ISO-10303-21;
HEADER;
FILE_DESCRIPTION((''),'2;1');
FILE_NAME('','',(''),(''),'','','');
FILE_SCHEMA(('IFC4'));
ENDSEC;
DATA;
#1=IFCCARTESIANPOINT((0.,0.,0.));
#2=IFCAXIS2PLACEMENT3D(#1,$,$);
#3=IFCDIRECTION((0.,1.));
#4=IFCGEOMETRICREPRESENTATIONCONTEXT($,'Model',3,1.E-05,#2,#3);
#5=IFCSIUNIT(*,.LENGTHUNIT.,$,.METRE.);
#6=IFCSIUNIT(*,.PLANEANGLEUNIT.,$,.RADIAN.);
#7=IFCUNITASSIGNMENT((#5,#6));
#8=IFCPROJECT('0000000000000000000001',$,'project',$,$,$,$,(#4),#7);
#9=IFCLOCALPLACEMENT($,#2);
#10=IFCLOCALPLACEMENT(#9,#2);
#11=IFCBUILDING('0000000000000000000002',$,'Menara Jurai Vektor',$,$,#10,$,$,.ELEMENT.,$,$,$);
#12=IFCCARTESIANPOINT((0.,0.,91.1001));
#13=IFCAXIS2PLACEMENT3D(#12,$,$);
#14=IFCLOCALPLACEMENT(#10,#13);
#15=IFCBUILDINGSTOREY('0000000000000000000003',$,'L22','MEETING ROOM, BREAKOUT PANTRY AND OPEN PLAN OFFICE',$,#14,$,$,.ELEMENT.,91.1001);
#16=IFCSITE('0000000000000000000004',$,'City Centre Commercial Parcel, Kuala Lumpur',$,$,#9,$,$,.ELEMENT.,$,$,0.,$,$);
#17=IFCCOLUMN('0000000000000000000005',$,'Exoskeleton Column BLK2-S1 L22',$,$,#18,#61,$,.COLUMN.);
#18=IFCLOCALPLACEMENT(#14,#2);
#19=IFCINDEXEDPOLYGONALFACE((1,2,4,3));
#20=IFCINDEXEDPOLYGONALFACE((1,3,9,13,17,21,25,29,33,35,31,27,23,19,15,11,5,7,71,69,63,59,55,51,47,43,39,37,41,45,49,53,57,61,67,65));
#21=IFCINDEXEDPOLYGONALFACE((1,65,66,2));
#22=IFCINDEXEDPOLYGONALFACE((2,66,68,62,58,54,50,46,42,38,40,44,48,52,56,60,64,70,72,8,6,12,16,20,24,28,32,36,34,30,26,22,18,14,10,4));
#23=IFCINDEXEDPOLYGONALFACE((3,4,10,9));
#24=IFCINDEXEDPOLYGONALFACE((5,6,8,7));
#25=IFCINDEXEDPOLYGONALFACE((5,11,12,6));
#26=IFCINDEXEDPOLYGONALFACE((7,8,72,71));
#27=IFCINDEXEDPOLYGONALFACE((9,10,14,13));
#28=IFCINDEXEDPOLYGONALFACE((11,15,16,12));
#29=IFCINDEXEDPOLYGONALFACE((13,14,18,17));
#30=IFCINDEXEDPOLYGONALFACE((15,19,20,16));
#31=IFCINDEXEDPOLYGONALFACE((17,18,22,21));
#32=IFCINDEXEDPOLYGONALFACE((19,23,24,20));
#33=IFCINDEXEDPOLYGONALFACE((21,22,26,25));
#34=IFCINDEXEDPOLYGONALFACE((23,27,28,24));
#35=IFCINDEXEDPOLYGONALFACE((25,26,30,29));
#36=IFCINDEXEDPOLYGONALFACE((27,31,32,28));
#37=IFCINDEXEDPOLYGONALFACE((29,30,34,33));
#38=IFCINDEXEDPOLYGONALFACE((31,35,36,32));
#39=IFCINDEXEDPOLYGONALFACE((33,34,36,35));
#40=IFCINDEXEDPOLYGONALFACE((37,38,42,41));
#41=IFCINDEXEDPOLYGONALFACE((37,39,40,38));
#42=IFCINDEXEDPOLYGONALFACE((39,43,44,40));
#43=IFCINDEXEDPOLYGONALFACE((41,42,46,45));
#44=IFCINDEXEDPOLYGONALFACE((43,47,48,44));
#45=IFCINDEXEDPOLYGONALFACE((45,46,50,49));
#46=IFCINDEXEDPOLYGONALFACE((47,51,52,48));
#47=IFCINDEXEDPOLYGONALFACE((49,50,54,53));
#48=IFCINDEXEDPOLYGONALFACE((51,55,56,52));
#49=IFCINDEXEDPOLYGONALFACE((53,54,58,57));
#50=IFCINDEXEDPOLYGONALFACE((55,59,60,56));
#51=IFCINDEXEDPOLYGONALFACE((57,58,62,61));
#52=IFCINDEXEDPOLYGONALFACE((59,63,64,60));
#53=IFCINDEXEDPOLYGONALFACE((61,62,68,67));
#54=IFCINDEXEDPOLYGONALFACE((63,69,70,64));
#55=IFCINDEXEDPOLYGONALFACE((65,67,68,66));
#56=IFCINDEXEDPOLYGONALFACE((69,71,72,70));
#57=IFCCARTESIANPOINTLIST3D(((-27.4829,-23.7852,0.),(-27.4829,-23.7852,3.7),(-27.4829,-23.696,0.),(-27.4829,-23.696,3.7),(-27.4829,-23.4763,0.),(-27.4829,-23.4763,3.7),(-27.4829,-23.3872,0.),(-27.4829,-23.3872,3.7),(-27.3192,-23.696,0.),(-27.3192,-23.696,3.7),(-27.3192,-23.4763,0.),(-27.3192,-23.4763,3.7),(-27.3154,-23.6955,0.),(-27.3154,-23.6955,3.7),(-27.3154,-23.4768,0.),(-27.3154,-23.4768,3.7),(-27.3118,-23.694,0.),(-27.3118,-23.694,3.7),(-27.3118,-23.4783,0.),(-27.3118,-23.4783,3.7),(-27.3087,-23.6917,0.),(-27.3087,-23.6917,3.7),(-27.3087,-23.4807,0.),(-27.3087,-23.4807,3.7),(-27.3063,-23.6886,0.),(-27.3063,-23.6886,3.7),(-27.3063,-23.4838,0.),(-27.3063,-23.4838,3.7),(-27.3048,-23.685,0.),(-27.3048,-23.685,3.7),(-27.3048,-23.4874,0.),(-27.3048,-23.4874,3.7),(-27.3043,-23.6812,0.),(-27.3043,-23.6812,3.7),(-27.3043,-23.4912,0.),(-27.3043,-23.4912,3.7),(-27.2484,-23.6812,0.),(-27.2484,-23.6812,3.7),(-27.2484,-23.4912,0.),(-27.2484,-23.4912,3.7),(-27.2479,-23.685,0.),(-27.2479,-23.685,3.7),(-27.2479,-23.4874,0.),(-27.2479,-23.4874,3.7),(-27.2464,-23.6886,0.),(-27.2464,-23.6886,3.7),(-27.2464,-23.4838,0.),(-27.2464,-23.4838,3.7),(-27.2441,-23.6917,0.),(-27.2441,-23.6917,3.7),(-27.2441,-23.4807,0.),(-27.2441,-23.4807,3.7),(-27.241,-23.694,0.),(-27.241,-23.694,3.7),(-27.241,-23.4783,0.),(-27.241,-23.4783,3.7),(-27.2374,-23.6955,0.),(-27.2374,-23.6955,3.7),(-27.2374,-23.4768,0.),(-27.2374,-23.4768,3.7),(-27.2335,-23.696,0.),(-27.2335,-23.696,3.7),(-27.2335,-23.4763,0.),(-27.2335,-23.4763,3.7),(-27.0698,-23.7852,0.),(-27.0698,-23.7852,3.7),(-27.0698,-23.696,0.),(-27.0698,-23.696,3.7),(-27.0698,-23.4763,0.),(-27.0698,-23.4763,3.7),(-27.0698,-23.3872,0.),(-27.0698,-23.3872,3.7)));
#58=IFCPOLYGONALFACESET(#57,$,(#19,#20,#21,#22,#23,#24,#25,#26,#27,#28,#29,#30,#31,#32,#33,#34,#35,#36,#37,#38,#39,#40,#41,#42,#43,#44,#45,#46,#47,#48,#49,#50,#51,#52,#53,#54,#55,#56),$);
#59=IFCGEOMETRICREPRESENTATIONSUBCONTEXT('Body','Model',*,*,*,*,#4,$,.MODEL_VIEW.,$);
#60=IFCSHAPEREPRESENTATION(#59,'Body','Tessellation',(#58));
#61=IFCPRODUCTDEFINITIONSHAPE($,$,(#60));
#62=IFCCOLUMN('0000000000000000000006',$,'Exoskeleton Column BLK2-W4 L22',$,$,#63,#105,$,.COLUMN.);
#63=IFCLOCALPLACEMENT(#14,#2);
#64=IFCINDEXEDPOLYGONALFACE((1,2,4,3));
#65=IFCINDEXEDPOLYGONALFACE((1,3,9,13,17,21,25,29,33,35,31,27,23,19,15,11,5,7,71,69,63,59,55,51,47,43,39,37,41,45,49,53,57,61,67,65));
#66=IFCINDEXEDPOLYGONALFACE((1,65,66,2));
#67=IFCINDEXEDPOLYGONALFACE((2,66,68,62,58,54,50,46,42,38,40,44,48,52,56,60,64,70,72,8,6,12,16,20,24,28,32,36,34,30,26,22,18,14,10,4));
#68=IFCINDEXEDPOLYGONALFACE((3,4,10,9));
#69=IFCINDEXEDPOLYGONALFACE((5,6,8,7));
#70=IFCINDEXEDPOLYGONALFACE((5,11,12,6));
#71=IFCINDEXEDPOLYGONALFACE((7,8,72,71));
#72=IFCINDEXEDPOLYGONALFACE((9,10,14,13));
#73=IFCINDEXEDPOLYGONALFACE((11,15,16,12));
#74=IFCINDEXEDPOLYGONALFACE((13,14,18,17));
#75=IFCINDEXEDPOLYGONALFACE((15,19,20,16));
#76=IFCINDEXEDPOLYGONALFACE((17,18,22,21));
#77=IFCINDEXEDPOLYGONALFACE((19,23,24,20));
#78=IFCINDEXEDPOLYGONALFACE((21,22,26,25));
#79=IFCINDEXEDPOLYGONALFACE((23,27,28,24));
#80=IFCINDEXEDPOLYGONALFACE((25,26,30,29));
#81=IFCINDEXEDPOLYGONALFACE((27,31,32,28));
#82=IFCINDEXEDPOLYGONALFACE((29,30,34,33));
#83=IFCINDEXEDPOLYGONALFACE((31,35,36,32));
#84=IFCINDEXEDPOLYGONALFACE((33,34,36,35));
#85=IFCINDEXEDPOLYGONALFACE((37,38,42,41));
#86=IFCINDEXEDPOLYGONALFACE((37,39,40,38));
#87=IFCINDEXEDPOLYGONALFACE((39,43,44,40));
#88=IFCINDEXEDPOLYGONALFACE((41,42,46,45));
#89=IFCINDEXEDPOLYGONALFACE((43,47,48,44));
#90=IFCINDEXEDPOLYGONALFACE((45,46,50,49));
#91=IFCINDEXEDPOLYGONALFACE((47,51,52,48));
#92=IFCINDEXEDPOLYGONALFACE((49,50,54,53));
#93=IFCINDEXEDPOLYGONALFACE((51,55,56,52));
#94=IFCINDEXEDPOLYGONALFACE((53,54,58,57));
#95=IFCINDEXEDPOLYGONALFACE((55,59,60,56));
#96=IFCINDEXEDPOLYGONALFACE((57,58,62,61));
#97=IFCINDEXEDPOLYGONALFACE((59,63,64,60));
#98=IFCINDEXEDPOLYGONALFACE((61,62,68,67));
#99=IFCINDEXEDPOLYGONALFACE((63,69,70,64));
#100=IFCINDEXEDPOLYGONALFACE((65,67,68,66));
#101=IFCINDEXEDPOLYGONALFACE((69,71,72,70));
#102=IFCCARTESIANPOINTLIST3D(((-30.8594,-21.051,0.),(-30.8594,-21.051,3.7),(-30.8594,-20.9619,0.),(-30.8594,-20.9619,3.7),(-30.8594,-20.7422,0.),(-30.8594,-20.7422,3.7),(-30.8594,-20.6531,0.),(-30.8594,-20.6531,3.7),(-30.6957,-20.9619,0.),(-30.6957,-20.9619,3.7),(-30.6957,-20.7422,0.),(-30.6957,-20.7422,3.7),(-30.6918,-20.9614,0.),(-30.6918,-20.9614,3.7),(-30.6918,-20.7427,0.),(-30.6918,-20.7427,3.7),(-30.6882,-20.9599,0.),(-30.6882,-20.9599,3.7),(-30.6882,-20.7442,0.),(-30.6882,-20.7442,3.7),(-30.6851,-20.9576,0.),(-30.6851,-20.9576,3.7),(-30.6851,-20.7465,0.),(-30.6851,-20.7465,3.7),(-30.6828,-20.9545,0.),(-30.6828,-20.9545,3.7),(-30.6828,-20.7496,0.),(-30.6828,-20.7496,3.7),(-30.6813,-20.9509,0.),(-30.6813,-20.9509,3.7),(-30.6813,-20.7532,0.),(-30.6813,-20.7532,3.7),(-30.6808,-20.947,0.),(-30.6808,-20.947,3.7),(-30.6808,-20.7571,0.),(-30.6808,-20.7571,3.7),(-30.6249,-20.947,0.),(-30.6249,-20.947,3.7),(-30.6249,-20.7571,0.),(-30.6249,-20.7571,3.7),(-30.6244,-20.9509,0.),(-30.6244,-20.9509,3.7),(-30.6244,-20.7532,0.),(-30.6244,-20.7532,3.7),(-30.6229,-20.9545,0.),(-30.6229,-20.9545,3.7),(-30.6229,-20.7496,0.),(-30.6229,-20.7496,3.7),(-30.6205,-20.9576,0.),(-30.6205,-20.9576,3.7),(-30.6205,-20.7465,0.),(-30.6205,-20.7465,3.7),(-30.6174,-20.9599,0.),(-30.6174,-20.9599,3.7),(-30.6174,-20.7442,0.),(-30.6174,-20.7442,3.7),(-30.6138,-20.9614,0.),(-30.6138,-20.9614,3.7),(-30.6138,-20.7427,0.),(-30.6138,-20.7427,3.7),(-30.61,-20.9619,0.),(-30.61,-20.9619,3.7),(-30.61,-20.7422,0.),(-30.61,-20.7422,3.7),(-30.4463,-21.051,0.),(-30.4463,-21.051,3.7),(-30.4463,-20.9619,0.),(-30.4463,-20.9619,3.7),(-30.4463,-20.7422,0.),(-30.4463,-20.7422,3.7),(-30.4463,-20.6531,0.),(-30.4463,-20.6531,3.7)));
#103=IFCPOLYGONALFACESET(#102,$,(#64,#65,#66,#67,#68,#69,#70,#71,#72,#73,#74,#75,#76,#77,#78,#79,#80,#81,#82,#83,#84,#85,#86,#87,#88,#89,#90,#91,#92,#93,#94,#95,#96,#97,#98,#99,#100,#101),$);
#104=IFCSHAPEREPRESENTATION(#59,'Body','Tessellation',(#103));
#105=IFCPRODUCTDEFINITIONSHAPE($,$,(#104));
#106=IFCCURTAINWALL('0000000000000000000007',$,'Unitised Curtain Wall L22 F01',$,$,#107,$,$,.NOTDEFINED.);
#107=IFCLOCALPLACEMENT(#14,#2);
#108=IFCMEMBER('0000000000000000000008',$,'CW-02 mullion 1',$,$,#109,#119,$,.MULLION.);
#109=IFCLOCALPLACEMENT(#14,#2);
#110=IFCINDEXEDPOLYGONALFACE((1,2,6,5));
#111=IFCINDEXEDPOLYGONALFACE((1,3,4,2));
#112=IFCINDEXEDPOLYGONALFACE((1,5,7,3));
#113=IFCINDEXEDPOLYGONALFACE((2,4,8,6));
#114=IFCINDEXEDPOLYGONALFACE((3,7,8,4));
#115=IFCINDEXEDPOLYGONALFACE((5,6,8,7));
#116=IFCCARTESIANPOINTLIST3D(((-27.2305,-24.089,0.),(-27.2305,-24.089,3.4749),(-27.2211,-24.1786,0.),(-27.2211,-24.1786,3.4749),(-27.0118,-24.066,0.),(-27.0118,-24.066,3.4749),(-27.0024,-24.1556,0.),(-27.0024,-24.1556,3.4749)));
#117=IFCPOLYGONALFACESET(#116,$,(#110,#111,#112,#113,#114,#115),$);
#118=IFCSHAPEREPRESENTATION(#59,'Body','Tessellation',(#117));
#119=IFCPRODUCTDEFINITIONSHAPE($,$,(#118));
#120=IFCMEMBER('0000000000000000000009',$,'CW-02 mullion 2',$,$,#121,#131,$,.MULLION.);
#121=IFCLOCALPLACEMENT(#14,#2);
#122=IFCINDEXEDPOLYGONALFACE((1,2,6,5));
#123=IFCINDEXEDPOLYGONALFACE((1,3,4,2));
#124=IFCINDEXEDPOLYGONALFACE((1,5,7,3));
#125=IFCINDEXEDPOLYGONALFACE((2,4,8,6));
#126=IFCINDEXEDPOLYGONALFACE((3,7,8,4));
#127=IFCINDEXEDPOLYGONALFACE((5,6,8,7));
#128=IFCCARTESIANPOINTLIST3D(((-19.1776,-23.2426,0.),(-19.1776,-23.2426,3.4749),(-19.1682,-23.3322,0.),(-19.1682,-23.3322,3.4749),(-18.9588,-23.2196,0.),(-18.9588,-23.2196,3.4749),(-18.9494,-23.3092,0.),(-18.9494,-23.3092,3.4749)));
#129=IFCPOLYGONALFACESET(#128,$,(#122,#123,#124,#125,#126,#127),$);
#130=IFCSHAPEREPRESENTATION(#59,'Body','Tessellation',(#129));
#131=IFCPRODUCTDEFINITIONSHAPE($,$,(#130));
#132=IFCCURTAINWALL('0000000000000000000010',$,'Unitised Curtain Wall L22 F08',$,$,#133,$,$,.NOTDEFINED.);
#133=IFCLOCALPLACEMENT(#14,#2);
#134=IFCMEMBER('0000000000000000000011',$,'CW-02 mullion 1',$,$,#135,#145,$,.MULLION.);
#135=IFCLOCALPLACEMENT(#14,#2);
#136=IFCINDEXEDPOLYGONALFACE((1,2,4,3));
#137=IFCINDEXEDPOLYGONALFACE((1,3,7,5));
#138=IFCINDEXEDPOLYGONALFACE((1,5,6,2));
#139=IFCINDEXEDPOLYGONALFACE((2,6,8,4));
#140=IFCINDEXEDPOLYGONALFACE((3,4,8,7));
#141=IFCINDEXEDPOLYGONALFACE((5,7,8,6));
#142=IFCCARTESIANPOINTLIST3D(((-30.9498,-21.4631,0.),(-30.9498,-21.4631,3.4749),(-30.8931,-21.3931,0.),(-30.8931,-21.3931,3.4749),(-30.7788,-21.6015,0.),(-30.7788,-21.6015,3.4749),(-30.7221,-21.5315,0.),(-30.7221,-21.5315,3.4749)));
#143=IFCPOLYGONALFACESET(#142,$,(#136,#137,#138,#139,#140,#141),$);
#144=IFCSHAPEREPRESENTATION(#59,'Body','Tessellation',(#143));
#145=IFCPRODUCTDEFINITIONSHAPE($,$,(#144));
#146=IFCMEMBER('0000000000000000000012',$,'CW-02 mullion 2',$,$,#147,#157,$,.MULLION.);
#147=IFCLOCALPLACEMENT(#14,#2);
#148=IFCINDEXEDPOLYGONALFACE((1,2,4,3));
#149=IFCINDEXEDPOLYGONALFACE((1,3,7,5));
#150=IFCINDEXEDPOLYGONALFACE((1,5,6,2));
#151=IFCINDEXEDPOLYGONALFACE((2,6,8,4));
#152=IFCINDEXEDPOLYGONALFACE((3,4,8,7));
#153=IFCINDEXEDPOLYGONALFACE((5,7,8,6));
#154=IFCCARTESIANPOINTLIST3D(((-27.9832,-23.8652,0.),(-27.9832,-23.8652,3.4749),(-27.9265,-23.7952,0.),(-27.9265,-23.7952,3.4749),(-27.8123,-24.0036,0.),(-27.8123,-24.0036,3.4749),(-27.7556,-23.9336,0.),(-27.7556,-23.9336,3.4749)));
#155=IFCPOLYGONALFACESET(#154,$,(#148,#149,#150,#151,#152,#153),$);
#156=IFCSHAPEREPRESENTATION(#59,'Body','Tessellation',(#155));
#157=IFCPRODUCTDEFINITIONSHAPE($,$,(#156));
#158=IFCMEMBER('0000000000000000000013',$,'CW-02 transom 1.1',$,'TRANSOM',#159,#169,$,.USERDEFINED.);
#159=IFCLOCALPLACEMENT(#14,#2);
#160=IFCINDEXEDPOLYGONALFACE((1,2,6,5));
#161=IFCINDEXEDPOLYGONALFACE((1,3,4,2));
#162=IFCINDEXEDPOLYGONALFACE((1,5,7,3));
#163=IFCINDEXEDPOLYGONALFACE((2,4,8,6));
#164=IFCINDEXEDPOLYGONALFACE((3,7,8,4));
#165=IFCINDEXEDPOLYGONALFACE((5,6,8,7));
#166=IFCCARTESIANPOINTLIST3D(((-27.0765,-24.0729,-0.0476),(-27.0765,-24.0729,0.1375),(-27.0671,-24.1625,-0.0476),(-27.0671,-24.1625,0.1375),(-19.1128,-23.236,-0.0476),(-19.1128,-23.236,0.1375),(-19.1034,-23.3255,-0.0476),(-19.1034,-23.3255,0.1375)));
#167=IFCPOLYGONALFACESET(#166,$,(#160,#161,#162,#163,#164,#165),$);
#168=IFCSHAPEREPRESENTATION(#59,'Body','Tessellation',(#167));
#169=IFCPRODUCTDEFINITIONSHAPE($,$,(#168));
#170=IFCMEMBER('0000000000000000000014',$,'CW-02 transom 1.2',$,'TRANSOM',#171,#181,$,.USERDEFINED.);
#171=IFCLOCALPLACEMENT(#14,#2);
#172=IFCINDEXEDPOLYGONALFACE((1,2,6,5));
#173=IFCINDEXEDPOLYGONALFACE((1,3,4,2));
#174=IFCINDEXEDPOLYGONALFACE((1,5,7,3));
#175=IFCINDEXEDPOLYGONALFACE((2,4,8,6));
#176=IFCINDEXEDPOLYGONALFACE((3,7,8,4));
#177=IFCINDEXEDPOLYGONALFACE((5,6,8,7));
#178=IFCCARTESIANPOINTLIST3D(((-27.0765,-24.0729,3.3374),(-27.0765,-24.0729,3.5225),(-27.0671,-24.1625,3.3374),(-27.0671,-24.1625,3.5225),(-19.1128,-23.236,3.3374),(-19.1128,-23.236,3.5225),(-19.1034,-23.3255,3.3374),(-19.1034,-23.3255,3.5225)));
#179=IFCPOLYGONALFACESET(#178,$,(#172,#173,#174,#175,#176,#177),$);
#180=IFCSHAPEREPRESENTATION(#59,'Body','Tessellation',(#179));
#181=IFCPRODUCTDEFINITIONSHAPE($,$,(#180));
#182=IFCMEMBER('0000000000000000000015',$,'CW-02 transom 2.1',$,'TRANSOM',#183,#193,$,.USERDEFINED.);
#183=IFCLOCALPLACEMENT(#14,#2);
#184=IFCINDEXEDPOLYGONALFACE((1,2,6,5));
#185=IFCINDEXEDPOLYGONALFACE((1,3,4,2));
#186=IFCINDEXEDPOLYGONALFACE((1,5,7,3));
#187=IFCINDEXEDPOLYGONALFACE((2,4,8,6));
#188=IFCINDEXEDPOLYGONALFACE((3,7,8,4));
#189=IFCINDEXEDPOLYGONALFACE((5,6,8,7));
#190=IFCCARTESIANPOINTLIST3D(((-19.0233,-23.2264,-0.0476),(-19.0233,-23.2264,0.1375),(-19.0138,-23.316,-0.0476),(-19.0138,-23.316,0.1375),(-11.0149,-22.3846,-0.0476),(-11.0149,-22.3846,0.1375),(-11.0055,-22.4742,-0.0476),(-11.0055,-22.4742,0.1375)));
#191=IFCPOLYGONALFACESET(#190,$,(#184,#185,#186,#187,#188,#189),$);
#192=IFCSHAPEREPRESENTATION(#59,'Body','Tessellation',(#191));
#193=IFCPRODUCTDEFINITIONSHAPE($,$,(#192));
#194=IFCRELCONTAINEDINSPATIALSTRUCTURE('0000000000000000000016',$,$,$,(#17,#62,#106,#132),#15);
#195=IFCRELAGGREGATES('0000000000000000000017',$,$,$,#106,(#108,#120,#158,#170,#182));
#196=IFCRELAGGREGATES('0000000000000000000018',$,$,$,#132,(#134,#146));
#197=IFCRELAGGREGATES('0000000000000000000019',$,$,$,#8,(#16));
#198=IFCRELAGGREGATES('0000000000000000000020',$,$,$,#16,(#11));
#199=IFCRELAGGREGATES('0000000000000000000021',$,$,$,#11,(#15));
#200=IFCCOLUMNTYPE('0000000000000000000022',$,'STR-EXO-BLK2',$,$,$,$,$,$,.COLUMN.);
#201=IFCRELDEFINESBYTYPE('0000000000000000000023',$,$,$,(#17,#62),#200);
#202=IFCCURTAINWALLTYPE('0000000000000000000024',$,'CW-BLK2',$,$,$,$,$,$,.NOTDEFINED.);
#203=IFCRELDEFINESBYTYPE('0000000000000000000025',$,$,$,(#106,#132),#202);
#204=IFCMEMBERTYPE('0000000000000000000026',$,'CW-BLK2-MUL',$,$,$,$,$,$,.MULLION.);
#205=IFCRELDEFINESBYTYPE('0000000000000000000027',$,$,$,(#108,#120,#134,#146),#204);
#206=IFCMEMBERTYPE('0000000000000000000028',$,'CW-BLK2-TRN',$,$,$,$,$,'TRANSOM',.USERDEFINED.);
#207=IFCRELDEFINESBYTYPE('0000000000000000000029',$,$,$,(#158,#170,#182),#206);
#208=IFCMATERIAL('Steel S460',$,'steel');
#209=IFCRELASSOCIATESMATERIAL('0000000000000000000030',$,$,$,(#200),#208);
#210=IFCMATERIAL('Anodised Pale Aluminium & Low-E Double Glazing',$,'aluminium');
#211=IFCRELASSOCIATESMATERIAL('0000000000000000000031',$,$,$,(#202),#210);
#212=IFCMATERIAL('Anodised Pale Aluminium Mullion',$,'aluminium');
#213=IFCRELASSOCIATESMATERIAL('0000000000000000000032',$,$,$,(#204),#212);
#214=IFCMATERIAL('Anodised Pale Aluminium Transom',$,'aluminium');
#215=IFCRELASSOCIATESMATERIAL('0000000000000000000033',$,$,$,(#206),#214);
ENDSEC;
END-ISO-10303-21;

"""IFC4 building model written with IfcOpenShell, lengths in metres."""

from ifc_helpers import new_model, si_unit, direction, frame, origin, origin_2d, place, context, subcontext, project, spatial, rectangle, i_section, extrude, material, material_profile, profile_set, type_object, element, aggregate, save


model = new_model("IFC4")

# Units and contexts
model_context = context("Model", 3, precision=1e-05, world=origin(), true_north=direction((0.0, 1.0)))
body_context = subcontext(model_context, "Body", "Model", "MODEL_VIEW")
ifc_project = project(units=[si_unit("LENGTHUNIT", "METRE"), si_unit("PLANEANGLEUNIT", "RADIAN")], contexts=[model_context])

# Site, building, storey
site_placement = place(None, origin())
site = spatial("IfcSite", under=ifc_project, at=site_placement, Name="City Centre Commercial Parcel, Kuala Lumpur", CompositionType="ELEMENT", RefElevation=0.0)
building_placement = place(site_placement, origin())
building = spatial("IfcBuilding", under=site, at=building_placement, Name="Menara Jurai Vektor", CompositionType="ELEMENT")
storey_placement = place(building_placement, frame((0.0, 0.0, 91.1001)))
storey = spatial("IfcBuildingStorey", under=building, at=storey_placement, Name="L22", Description="MEETING ROOM, BREAKOUT PANTRY AND OPEN PLAN OFFICE", CompositionType="ELEMENT", Elevation=91.1001)

# Columns
ifc_material_1 = material(Name="Steel S460", Category="steel")
ifc_material_profile_1 = material_profile(ifc_material_1, i_section(OverallWidth=0.4131, OverallDepth=0.3979, WebThickness=0.0559, FlangeThickness=0.0891, FilletRadius=0.0149, at=origin_2d()), Name="HD 400x744")
ifc_profile_set_1 = profile_set([ifc_material_profile_1], Name="Steel S460")
column_type = type_object("IfcColumnType", Name="STR-EXO-BLK2", PredefinedType="COLUMN", material=ifc_profile_set_1)
for number, where, z_axis, x_axis, name in (
    (1, (-27.2764, -23.5862, 0.0), (0.0, 0.0, 1.0), (1.0, 0.0, 0.0), "Exoskeleton Column BLK2-S1 L22"),
    (2, (-30.6528, -20.8521, 0.0), (0.0, 0.0, 1.0), (1.0, 0.0, 0.0), "Exoskeleton Column BLK2-W4 L22"),
):
    element("IfcColumn", number, at=place(storey_placement, frame(where, z_axis=z_axis, x_axis=x_axis)), inside=storey, type_object=column_type, Name=name, PredefinedType="COLUMN", context=body_context, shape_type="SweptSolid", body=[
        extrude(i_section(OverallWidth=0.4131, OverallDepth=0.3979, WebThickness=0.0559, FlangeThickness=0.0891, FilletRadius=0.0149, at=origin_2d()), origin(), (0.0, 0.0, 1.0), 3.7),
    ])

# Curtain walls, members
ifc_material_2 = material(Name="Anodised Pale Aluminium & Low-E Double Glazing", Category="aluminium")
curtain_wall_type = type_object("IfcCurtainWallType", Name="CW-BLK2", PredefinedType="NOTDEFINED", material=ifc_material_2)
curtain_wall_1_placement = place(storey_placement, origin())
curtain_wall_1 = element("IfcCurtainWall", 3, at=curtain_wall_1_placement, inside=storey, type_object=curtain_wall_type, Name="Unitised Curtain Wall L22 F01", PredefinedType="NOTDEFINED")
ifc_material_3 = material(Name="Anodised Pale Aluminium Mullion", Category="aluminium")
ifc_material_profile_2 = material_profile(ifc_material_3, rectangle(XDim=0.0901, YDim=0.22, at=origin_2d()), Name="ALU MUL 90x220")
ifc_profile_set_2 = profile_set([ifc_material_profile_2], Name="Anodised Pale Aluminium Mullion")
member_type_1 = type_object("IfcMemberType", Name="CW-BLK2-MUL", PredefinedType="MULLION", material=ifc_profile_set_2)
member_1_placement = place(storey_placement, frame((-27.1165, -24.1223, 0.0), z_axis=(0.0, 0.0, 1.0), x_axis=(-0.104529, 0.994522, 0.0)))
member_1 = element("IfcMember", 4, at=member_1_placement, type_object=member_type_1, Name="CW-02 mullion 1", PredefinedType="MULLION", context=body_context, shape_type="SweptSolid", body=[
    extrude(rectangle(XDim=0.0901, YDim=0.22, at=origin_2d()), origin(), (0.0, 0.0, 1.0), 3.4749),
])
member_2_placement = place(storey_placement, frame((-19.0635, -23.2759, 0.0), z_axis=(0.0, 0.0, 1.0), x_axis=(-0.104529, 0.994522, 0.0)))
member_2 = element("IfcMember", 5, at=member_2_placement, type_object=member_type_1, Name="CW-02 mullion 2", PredefinedType="MULLION", context=body_context, shape_type="SweptSolid", body=[
    extrude(rectangle(XDim=0.0901, YDim=0.22, at=origin_2d()), origin(), (0.0, 0.0, 1.0), 3.4749),
])
curtain_wall_2_placement = place(storey_placement, origin())
curtain_wall_2 = element("IfcCurtainWall", 6, at=curtain_wall_2_placement, inside=storey, type_object=curtain_wall_type, Name="Unitised Curtain Wall L22 F08", PredefinedType="NOTDEFINED")
member_3_placement = place(storey_placement, frame((-30.8359, -21.4973, 0.0), z_axis=(0.0, 0.0, 1.0), x_axis=(0.629313, 0.777152, 0.0)))
member_3 = element("IfcMember", 7, at=member_3_placement, type_object=member_type_1, Name="CW-02 mullion 1", PredefinedType="MULLION", context=body_context, shape_type="SweptSolid", body=[
    extrude(rectangle(XDim=0.0901, YDim=0.22, at=origin_2d()), origin(), (0.0, 0.0, 1.0), 3.4749),
])
member_4_placement = place(storey_placement, frame((-27.8694, -23.8994, 0.0), z_axis=(0.0, 0.0, 1.0), x_axis=(0.629313, 0.777152, 0.0)))
member_4 = element("IfcMember", 8, at=member_4_placement, type_object=member_type_1, Name="CW-02 mullion 2", PredefinedType="MULLION", context=body_context, shape_type="SweptSolid", body=[
    extrude(rectangle(XDim=0.0901, YDim=0.22, at=origin_2d()), origin(), (0.0, 0.0, 1.0), 3.4749),
])

# Members
ifc_material_4 = material(Name="Anodised Pale Aluminium Transom", Category="aluminium")
ifc_material_profile_3 = material_profile(ifc_material_4, rectangle(XDim=0.0901, YDim=0.1851, at=origin_2d()), Name="ALU TRN 90x185")
ifc_profile_set_3 = profile_set([ifc_material_profile_3], Name="Anodised Pale Aluminium Transom")
member_type_2 = type_object("IfcMemberType", Name="CW-BLK2-TRN", ElementType="TRANSOM", PredefinedType="USERDEFINED", material=ifc_profile_set_3)
member_5_placement = place(storey_placement, frame((-27.0718, -24.1177, 0.0449), z_axis=(0.994523, 0.104517, 0.0), x_axis=(-0.104517, 0.994523, 0.0)))
member_5 = element("IfcMember", 9, at=member_5_placement, type_object=member_type_2, Name="CW-02 transom 1.1", ObjectType="TRANSOM", PredefinedType="USERDEFINED", context=body_context, shape_type="SweptSolid", body=[
    extrude(rectangle(XDim=0.0901, YDim=0.1851, at=origin_2d()), origin(), (0.0, 0.0, 1.0), 8.0076),
])
member_6_placement = place(storey_placement, frame((-27.0718, -24.1177, 3.4299), z_axis=(0.994523, 0.104517, 0.0), x_axis=(-0.104517, 0.994523, 0.0)))
member_6 = element("IfcMember", 10, at=member_6_placement, type_object=member_type_2, Name="CW-02 transom 1.2", ObjectType="TRANSOM", PredefinedType="USERDEFINED", context=body_context, shape_type="SweptSolid", body=[
    extrude(rectangle(XDim=0.0901, YDim=0.1851, at=origin_2d()), origin(), (0.0, 0.0, 1.0), 8.0076),
])
member_7_placement = place(storey_placement, frame((-19.0186, -23.2712, 0.0449), z_axis=(0.994521, 0.10454, 0.0), x_axis=(-0.10454, 0.994521, 0.0)))
member_7 = element("IfcMember", 11, at=member_7_placement, type_object=member_type_2, Name="CW-02 transom 2.1", ObjectType="TRANSOM", PredefinedType="USERDEFINED", context=body_context, shape_type="SweptSolid", body=[
    extrude(rectangle(XDim=0.0901, YDim=0.1851, at=origin_2d()), origin(), (0.0, 0.0, 1.0), 8.0525),
])

aggregate(curtain_wall_1, [member_1, member_2, member_5, member_6, member_7])
aggregate(curtain_wall_2, [member_3, member_4])

save(model, "model.ifc")
